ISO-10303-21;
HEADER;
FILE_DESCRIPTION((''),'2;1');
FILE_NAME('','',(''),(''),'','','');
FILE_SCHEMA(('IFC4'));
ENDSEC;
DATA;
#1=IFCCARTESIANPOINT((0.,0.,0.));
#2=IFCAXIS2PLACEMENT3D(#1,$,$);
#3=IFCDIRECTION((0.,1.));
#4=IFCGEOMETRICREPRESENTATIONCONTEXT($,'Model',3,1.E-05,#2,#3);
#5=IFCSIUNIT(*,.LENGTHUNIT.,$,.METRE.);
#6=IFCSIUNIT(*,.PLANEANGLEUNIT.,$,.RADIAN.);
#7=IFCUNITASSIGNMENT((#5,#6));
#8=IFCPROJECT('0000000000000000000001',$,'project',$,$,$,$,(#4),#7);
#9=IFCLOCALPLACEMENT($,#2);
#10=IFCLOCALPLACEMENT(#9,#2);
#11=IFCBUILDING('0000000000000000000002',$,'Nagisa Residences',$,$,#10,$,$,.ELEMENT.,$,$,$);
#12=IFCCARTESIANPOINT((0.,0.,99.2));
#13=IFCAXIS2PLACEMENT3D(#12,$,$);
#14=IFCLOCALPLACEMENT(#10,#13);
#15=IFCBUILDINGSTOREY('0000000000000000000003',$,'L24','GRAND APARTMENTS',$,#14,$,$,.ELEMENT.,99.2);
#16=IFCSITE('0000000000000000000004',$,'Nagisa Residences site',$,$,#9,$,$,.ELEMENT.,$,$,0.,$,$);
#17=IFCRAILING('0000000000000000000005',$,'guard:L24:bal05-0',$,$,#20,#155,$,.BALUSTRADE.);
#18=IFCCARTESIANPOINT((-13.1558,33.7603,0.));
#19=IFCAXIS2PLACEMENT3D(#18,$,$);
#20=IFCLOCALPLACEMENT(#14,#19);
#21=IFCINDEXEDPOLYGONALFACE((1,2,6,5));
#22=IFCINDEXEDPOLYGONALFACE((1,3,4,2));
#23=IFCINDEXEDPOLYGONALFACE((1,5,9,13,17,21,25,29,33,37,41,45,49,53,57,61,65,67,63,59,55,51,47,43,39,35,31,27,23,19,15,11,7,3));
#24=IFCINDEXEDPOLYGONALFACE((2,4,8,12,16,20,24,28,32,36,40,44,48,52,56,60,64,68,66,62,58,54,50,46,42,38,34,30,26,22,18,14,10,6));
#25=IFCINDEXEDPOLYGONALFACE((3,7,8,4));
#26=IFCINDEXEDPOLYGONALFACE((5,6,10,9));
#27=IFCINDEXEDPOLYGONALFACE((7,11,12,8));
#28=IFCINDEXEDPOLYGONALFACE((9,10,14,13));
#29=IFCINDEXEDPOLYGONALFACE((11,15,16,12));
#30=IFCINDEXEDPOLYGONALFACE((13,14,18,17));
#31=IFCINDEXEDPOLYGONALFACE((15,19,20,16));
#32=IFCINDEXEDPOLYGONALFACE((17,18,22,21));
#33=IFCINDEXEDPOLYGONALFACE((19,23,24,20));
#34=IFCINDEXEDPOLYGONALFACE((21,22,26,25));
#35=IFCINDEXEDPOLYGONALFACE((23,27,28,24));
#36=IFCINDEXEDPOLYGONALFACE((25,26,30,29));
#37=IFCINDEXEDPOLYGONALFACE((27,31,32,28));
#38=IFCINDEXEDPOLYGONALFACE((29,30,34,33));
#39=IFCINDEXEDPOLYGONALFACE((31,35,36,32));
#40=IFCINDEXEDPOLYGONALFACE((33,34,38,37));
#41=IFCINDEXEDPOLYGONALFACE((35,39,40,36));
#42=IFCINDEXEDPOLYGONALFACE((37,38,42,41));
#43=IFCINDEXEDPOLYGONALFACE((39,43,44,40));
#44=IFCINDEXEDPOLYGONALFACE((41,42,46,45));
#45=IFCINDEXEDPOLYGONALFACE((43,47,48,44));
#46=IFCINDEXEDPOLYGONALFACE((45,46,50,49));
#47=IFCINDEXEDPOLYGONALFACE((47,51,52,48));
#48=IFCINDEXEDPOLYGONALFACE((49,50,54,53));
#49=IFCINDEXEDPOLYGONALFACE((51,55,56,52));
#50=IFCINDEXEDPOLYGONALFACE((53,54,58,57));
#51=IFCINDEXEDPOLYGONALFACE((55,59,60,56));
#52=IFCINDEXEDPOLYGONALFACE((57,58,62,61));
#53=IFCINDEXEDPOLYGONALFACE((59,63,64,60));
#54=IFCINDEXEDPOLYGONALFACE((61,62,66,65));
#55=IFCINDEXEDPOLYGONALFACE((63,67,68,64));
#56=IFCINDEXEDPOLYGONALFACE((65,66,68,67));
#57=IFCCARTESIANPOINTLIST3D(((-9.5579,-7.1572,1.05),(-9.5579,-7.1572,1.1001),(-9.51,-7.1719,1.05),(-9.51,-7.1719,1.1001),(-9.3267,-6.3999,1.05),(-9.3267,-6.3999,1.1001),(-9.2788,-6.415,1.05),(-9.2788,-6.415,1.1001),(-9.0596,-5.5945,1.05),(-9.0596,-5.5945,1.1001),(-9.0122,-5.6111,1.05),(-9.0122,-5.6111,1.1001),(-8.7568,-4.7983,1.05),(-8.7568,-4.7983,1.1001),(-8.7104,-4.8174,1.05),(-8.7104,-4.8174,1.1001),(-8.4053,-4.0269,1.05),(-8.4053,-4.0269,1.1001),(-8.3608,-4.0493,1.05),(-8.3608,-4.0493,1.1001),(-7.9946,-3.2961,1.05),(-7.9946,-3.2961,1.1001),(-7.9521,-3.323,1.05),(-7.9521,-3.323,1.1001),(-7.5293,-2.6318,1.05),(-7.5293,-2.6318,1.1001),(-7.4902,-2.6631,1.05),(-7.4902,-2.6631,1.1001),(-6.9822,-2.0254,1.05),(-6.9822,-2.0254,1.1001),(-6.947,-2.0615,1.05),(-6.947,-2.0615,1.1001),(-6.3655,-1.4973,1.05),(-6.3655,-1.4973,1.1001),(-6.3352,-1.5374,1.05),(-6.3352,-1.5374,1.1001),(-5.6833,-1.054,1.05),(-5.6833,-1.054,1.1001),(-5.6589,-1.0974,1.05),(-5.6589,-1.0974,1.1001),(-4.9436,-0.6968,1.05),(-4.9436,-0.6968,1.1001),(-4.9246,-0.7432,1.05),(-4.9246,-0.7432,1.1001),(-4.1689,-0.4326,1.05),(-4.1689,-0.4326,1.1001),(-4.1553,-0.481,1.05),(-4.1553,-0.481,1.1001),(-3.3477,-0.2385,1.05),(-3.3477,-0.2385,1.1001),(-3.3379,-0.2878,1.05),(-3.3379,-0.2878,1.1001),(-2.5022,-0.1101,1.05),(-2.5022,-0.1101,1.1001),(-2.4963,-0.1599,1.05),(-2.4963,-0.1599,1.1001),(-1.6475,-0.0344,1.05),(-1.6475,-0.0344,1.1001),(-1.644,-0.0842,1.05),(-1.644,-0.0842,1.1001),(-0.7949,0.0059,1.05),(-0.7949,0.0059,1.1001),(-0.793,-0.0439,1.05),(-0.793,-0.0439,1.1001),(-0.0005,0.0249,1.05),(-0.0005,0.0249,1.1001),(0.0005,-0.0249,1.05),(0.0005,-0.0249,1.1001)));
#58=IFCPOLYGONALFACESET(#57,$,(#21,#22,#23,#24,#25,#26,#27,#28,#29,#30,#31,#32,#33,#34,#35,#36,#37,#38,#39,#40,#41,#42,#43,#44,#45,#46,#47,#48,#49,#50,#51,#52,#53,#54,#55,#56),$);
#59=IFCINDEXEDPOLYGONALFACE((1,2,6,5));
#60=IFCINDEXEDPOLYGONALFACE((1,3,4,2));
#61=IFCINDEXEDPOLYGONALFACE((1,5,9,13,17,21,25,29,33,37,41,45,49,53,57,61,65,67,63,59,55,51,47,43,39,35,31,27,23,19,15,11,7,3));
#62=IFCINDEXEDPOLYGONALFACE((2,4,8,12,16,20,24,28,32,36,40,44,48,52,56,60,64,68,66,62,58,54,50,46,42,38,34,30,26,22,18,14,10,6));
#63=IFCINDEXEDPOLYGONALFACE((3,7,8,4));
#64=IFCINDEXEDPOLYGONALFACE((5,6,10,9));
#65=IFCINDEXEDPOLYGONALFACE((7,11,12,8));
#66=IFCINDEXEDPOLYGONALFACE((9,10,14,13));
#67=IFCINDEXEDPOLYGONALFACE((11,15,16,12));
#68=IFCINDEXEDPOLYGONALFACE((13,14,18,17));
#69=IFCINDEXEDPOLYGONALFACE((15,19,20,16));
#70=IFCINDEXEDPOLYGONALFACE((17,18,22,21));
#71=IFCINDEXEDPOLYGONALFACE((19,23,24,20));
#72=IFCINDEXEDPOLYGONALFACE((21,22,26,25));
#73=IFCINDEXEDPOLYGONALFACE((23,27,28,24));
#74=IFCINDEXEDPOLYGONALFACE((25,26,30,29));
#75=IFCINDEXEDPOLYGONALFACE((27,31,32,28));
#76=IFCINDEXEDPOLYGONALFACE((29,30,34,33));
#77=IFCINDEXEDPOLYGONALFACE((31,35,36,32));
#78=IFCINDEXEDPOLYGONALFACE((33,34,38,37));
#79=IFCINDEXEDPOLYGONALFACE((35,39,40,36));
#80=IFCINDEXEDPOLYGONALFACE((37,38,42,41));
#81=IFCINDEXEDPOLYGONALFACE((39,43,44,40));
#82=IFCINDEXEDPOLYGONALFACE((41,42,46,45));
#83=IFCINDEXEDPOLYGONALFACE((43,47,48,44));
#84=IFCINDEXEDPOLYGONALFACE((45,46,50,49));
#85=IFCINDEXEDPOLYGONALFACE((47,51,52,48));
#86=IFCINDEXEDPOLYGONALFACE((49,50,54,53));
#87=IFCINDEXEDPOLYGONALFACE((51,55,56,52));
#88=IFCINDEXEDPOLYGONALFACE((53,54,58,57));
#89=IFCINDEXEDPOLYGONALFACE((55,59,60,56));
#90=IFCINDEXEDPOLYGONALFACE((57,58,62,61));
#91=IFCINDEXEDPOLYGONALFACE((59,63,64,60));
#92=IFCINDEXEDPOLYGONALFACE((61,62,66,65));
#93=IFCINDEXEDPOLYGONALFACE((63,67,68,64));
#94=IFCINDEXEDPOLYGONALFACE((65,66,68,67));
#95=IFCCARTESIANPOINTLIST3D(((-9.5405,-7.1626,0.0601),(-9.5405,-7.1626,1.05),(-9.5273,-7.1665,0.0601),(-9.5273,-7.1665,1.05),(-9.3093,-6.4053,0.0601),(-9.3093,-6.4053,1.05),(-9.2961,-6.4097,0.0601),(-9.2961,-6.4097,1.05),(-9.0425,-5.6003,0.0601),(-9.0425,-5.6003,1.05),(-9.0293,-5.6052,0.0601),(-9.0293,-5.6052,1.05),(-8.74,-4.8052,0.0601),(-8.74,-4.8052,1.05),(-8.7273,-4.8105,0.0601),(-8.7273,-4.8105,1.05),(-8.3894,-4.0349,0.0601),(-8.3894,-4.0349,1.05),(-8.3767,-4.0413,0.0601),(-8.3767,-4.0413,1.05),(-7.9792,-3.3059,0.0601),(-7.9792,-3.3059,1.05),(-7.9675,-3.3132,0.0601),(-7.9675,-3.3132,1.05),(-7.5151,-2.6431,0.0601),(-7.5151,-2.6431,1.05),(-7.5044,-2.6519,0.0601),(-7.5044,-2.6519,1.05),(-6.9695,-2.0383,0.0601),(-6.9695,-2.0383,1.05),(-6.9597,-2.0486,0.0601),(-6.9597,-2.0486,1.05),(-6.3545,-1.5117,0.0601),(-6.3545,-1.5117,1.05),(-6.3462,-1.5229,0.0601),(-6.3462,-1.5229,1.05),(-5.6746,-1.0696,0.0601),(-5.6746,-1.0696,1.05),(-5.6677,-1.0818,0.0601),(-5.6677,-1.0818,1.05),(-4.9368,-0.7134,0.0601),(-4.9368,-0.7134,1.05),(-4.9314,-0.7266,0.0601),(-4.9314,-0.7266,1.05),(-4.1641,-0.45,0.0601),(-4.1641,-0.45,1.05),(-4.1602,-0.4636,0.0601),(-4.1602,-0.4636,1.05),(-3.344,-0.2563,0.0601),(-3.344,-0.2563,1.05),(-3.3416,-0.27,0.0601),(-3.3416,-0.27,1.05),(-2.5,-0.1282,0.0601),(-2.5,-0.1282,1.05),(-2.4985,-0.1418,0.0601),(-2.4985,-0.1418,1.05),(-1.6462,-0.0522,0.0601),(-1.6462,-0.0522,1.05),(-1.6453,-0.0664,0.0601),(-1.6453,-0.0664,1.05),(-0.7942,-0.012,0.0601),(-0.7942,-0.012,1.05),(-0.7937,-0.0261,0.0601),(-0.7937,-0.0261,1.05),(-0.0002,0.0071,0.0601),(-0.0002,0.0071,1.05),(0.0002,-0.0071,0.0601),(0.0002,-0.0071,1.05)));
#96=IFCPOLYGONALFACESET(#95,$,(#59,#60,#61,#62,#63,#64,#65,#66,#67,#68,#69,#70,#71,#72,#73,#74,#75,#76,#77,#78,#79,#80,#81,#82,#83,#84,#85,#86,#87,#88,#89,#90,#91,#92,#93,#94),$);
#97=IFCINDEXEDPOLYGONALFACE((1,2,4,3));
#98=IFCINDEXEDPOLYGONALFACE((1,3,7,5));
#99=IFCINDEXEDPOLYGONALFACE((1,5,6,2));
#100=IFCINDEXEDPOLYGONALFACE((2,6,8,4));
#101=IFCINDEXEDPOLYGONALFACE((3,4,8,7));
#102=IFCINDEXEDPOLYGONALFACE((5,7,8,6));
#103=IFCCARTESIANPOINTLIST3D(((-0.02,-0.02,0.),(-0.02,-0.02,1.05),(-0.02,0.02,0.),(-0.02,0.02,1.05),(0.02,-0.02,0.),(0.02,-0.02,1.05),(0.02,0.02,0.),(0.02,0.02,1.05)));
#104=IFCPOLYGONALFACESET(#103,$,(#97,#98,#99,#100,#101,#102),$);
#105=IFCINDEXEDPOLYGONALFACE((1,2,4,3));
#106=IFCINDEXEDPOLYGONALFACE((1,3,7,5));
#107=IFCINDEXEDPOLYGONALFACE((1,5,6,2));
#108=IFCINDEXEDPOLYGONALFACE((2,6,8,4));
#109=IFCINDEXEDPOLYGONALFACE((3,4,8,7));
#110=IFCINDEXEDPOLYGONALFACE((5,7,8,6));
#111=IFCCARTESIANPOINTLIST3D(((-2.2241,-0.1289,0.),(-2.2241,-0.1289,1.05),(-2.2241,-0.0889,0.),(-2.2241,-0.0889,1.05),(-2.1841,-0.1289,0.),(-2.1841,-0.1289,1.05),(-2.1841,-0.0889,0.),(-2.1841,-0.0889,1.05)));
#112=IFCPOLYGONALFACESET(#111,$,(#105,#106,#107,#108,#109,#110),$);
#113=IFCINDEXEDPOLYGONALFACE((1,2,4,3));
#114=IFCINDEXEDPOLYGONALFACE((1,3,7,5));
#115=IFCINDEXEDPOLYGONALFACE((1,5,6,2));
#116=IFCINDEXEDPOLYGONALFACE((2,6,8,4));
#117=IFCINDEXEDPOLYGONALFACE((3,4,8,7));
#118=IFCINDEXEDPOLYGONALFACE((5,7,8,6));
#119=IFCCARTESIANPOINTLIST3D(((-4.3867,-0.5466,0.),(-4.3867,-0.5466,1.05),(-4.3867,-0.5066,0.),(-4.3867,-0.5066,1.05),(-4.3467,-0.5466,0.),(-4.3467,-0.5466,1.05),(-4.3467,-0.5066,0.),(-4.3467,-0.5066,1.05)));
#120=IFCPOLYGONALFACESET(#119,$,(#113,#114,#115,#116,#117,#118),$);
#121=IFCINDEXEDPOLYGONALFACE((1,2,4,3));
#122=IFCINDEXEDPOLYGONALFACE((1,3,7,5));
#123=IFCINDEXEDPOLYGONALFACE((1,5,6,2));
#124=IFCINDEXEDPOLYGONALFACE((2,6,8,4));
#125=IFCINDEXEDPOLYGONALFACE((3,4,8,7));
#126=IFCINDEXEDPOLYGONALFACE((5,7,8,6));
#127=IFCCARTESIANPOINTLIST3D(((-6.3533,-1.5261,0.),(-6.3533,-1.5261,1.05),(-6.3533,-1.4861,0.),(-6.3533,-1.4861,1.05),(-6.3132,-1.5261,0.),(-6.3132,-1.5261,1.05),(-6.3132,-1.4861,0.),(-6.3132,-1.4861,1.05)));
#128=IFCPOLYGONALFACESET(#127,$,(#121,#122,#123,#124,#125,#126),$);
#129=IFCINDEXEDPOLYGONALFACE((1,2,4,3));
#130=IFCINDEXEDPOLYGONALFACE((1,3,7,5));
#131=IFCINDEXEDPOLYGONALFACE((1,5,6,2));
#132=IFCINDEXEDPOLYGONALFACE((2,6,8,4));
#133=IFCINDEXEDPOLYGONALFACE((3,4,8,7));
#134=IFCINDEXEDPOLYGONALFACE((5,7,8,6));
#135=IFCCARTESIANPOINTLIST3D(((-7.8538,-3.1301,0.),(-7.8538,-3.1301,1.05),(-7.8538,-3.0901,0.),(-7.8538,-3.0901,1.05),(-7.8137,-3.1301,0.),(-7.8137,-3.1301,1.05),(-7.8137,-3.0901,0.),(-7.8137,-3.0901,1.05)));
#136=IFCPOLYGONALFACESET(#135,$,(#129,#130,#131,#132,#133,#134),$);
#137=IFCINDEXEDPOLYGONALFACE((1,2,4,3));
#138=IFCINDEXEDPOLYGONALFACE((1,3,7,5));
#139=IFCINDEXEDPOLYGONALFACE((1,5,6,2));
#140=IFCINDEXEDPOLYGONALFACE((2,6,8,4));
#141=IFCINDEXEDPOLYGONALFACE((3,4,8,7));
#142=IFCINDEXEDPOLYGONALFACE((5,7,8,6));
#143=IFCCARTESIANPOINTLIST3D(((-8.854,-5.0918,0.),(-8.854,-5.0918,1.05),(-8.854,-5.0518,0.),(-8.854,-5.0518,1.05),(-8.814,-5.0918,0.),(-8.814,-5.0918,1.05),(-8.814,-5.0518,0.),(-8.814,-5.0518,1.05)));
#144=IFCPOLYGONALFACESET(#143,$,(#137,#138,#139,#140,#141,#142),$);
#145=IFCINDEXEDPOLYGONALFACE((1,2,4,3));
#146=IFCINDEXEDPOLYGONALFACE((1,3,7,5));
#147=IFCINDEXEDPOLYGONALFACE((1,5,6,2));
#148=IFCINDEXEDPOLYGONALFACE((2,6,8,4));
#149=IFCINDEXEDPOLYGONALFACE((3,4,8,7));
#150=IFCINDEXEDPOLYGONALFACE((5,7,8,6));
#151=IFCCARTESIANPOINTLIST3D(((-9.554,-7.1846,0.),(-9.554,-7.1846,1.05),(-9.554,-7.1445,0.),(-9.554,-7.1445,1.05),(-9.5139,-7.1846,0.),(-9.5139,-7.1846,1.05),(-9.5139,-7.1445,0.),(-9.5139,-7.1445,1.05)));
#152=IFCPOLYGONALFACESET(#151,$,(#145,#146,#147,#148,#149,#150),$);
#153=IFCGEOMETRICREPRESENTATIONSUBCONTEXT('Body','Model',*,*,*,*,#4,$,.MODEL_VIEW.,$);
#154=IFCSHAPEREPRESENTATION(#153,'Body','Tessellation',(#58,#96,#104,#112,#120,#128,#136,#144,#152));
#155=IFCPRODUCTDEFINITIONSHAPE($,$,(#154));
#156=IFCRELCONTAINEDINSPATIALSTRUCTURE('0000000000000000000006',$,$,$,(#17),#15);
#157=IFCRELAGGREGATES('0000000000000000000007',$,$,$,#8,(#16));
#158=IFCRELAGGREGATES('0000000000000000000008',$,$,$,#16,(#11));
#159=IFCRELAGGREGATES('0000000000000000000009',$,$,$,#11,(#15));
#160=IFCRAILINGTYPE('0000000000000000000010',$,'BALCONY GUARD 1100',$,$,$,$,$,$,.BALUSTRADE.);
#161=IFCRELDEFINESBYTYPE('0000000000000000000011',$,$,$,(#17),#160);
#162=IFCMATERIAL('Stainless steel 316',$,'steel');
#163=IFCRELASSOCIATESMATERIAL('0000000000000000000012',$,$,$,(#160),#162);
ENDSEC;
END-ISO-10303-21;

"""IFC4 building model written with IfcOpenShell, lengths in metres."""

from ifc_helpers import new_model, si_unit, direction, frame, origin, origin_2d, place, context, subcontext, project, spatial, polyline, rectangle, outline, extrude, material, type_object, element, save


model = new_model("IFC4")

# Units and contexts
model_context = context("Model", 3, precision=1e-05, world=origin(), true_north=direction((0.0, 1.0)))
body_context = subcontext(model_context, "Body", "Model", "MODEL_VIEW")
ifc_project = project(units=[si_unit("LENGTHUNIT", "METRE"), si_unit("PLANEANGLEUNIT", "RADIAN")], contexts=[model_context])

# Site, building, storey
site_placement = place(None, origin())
site = spatial("IfcSite", under=ifc_project, at=site_placement, Name="Nagisa Residences site", CompositionType="ELEMENT", RefElevation=0.0)
building_placement = place(site_placement, origin())
building = spatial("IfcBuilding", under=site, at=building_placement, Name="Nagisa Residences", CompositionType="ELEMENT")
storey_placement = place(building_placement, frame((0.0, 0.0, 99.2)))
storey = spatial("IfcBuildingStorey", under=building, at=storey_placement, Name="L24", Description="GRAND APARTMENTS", CompositionType="ELEMENT", Elevation=99.2)

# Railing
ifc_material_1 = material(Name="Stainless steel 316", Category="steel")
railing_type = type_object("IfcRailingType", Name="BALCONY GUARD 1100", PredefinedType="BALUSTRADE", material=ifc_material_1)
railing_1_placement = place(storey_placement, frame((-13.1558, 33.7603, 0.0)))
element("IfcRailing", 1, at=railing_1_placement, inside=storey, type_object=railing_type, Name="guard:L24:bal05-0", PredefinedType="BALUSTRADE", context=body_context, shape_type="SweptSolid", body=[
    extrude(outline(polyline([(-0.793, -0.0439), (0.0005, -0.0249), (-0.0005, 0.0249), (-0.7949, 0.0059), (-1.6475, -0.0344), (-2.5022, -0.1101), (-3.3477, -0.2385), (-4.1689, -0.4326), (-4.9436, -0.6968), (-5.6833, -1.054), (-6.3655, -1.4973), (-6.9822, -2.0254), (-7.5293, -2.6318), (-7.9946, -3.2961), (-8.4053, -4.0269), (-8.7568, -4.7983), (-9.0596, -5.5945), (-9.3267, -6.3999), (-9.5579, -7.1572), (-9.51, -7.1719), (-9.2788, -6.415), (-9.0122, -5.6111), (-8.7104, -4.8174), (-8.3608, -4.0493), (-7.9521, -3.323), (-7.4902, -2.6631), (-6.947, -2.0615), (-6.3352, -1.5374), (-5.6589, -1.0974), (-4.9246, -0.7432), (-4.1553, -0.481), (-3.3379, -0.2878), (-2.4963, -0.1599), (-1.644, -0.0842), (-0.793, -0.0439)])), frame((0.0, 0.0, 1.05)), (0.0, 0.0, 1.0), 0.05),
    extrude(outline(polyline([(-0.7937, -0.0261), (0.0002, -0.0071), (-0.0002, 0.0071), (-0.7942, -0.012), (-1.6462, -0.0522), (-2.5, -0.1282), (-3.344, -0.2563), (-4.1641, -0.45), (-4.9368, -0.7134), (-5.6746, -1.0696), (-6.3545, -1.5117), (-6.9695, -2.0383), (-7.5151, -2.6431), (-7.9792, -3.3059), (-8.3894, -4.0349), (-8.74, -4.8052), (-9.0425, -5.6003), (-9.3093, -6.4053), (-9.5405, -7.1626), (-9.5273, -7.1665), (-9.2961, -6.4097), (-9.0293, -5.6052), (-8.7273, -4.8105), (-8.3767, -4.0413), (-7.9675, -3.3132), (-7.5044, -2.6519), (-6.9597, -2.0486), (-6.3462, -1.5229), (-5.6677, -1.0818), (-4.9314, -0.7266), (-4.1602, -0.4636), (-3.3416, -0.27), (-2.4985, -0.1418), (-1.6453, -0.0664), (-0.7937, -0.0261)])), frame((0.0, 0.0, 0.0601)), (0.0, 0.0, 1.0), 0.99),
    extrude(rectangle(XDim=0.04, YDim=0.04, at=origin_2d()), origin(), (0.0, 0.0, 1.0), 1.05),
    extrude(rectangle(XDim=0.04, YDim=0.04, at=origin_2d()), frame((-2.2041, -0.1089, 0.0)), (0.0, 0.0, 1.0), 1.05),
    extrude(rectangle(XDim=0.04, YDim=0.04, at=origin_2d()), frame((-4.3667, -0.5266, 0.0)), (0.0, 0.0, 1.0), 1.05),
    extrude(rectangle(XDim=0.04, YDim=0.04, at=origin_2d()), frame((-6.3333, -1.5061, 0.0)), (0.0, 0.0, 1.0), 1.05),
    extrude(rectangle(XDim=0.04, YDim=0.04, at=origin_2d()), frame((-7.8337, -3.1101, 0.0)), (0.0, 0.0, 1.0), 1.05),
    extrude(rectangle(XDim=0.04, YDim=0.04, at=origin_2d()), frame((-8.834, -5.0718, 0.0)), (0.0, 0.0, 1.0), 1.05),
    extrude(rectangle(XDim=0.04, YDim=0.04, at=origin_2d()), frame((-9.5339, -7.1646, 0.0)), (0.0, 0.0, 1.0), 1.05),
])

save(model, "model.ifc")
